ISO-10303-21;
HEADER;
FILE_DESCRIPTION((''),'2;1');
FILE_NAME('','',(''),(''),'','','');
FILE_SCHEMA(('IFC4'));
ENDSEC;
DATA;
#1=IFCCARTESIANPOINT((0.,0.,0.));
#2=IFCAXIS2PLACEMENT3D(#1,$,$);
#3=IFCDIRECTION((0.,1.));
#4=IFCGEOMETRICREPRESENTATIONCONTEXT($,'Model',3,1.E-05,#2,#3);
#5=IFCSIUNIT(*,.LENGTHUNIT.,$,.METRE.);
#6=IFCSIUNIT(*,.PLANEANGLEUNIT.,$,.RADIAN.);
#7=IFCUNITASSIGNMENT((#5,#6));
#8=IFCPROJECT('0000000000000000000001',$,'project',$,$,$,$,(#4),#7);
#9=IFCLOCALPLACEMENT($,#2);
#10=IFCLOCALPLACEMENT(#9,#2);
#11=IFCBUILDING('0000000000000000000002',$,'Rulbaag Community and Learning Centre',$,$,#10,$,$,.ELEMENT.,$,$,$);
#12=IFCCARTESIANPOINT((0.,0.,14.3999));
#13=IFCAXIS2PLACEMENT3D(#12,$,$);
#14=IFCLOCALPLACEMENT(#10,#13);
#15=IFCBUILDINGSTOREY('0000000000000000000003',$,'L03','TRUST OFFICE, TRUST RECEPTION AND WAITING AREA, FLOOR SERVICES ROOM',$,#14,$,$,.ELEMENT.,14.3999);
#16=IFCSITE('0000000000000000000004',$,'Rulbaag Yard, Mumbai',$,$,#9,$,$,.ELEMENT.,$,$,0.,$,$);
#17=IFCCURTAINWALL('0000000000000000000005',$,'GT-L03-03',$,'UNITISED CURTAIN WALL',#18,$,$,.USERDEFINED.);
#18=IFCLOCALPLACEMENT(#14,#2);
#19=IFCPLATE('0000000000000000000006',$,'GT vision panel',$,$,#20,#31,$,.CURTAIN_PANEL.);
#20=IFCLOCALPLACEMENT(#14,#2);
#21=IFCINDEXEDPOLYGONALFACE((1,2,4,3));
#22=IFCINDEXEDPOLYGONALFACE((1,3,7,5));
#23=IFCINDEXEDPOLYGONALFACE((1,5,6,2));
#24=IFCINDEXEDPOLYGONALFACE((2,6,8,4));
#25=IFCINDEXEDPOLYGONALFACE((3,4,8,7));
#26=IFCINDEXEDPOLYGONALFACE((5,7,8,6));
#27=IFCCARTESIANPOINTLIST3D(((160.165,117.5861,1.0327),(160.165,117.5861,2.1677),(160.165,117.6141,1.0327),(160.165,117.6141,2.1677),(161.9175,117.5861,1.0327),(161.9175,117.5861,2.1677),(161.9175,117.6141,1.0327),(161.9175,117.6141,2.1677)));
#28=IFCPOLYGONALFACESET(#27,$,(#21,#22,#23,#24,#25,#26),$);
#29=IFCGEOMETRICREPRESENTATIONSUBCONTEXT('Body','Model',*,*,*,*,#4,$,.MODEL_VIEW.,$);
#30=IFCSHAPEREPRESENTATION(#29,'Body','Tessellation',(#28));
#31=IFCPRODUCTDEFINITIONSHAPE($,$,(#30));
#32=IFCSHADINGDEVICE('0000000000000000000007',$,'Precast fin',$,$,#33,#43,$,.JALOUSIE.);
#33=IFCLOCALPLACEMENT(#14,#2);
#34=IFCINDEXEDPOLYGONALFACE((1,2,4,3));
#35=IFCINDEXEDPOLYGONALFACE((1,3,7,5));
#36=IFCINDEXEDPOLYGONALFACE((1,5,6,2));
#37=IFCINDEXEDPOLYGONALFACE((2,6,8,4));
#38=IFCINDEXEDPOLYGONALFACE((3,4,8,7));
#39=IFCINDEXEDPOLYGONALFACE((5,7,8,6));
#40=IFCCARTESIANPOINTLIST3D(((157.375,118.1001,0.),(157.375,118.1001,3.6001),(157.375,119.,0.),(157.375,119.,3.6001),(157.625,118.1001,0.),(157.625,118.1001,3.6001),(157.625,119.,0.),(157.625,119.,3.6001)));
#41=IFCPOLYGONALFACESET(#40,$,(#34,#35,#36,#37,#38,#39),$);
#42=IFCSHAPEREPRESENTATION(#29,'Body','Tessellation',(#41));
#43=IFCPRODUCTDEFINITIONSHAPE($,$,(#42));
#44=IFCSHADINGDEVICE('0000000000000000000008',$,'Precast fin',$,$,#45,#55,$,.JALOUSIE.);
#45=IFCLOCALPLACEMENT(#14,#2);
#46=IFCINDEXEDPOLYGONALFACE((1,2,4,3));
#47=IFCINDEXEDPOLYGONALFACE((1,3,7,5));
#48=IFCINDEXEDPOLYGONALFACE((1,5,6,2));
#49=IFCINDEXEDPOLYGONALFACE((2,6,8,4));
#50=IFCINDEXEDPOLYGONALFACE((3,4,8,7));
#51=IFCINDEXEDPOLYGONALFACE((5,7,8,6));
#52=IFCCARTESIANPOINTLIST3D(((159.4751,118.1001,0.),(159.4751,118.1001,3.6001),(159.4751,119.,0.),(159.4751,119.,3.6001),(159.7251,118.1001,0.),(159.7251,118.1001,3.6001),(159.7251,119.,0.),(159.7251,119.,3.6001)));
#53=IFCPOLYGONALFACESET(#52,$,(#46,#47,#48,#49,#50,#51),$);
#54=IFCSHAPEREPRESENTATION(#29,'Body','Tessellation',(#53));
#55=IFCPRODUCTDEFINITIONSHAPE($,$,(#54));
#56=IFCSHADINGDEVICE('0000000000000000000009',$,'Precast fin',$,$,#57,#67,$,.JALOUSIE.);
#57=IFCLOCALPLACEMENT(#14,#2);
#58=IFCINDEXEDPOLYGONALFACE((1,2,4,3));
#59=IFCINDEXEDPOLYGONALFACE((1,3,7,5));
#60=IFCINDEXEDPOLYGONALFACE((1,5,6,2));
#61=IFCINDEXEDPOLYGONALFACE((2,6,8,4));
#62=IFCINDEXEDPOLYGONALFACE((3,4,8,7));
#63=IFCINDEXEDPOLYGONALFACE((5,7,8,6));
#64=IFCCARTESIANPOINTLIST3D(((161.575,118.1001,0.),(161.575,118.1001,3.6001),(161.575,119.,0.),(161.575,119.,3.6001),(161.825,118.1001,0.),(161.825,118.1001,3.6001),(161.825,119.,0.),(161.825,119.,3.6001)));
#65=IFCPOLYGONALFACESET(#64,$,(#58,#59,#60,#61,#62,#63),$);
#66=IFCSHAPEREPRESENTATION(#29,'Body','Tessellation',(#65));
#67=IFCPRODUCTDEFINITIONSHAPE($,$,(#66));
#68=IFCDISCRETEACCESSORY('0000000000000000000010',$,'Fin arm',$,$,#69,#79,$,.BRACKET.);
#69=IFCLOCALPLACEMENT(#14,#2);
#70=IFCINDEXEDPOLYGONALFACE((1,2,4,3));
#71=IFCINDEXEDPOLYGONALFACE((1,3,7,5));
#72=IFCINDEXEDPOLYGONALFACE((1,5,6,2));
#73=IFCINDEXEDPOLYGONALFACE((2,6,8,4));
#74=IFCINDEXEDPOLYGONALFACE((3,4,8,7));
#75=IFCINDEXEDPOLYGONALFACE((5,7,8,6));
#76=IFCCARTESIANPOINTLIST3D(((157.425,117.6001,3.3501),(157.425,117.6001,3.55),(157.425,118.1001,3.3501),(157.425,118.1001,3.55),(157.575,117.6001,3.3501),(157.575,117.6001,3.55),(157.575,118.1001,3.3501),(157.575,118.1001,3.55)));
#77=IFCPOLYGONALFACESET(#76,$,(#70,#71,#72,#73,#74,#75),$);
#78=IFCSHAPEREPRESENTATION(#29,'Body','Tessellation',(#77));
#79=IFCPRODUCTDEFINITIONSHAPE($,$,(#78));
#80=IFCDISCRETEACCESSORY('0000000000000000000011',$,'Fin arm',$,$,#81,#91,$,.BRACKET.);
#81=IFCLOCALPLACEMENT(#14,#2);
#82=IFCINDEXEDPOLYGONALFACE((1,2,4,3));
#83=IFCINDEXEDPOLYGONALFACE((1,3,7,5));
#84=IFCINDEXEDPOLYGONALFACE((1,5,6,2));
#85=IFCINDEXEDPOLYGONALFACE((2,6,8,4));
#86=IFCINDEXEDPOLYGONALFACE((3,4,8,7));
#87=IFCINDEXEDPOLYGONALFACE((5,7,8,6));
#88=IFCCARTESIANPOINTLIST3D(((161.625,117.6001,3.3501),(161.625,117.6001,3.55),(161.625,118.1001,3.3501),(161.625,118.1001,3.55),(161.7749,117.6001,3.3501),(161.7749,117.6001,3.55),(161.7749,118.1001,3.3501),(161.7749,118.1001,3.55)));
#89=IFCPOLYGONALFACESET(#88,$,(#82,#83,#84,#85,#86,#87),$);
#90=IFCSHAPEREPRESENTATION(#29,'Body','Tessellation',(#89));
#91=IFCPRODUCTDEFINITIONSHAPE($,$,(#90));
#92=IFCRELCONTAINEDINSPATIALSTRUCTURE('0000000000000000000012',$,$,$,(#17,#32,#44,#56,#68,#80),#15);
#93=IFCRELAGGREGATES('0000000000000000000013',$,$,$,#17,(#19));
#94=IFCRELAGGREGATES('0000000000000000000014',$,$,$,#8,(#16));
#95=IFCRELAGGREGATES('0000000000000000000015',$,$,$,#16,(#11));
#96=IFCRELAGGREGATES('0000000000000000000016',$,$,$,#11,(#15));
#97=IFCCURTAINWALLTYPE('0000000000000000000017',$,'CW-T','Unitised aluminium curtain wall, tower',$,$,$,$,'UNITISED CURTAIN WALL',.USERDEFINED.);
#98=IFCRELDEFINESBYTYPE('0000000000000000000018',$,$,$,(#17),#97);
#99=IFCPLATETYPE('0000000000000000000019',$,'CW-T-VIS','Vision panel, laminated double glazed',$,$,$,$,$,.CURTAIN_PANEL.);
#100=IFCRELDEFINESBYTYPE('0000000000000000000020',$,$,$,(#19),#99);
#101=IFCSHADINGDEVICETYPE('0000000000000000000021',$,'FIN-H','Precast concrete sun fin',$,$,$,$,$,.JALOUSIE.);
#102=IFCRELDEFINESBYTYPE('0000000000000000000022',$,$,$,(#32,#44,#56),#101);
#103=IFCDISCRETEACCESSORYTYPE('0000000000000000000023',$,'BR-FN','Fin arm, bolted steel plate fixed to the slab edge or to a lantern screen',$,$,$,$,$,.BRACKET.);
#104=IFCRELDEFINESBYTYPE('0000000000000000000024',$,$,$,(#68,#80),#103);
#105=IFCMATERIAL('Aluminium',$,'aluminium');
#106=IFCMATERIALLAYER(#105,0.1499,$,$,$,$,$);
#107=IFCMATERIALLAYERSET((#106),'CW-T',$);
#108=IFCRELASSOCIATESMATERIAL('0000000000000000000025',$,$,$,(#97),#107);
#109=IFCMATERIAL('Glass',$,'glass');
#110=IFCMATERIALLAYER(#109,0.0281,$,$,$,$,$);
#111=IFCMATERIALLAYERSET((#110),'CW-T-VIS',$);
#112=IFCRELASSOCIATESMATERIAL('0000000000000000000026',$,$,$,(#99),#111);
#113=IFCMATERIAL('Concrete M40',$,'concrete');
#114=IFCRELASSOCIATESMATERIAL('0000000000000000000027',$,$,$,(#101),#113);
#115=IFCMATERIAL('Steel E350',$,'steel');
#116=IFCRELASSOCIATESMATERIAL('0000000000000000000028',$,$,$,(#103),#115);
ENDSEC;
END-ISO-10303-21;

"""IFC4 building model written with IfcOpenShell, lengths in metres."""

from ifc_helpers import new_model, si_unit, direction, frame, origin, origin_2d, place, context, subcontext, project, spatial, rectangle, extrude, material, layer, layer_set, material_profile, profile_set, type_object, element, aggregate, save


model = new_model("IFC4")

# Units and contexts
model_context = context("Model", 3, precision=1e-05, world=origin(), true_north=direction((0.0, 1.0)))
body_context = subcontext(model_context, "Body", "Model", "MODEL_VIEW")
ifc_project = project(units=[si_unit("LENGTHUNIT", "METRE"), si_unit("PLANEANGLEUNIT", "RADIAN")], contexts=[model_context])

# Site, building, storey
site_placement = place(None, origin())
site = spatial("IfcSite", under=ifc_project, at=site_placement, Name="Rulbaag Yard, Mumbai", CompositionType="ELEMENT", RefElevation=0.0)
building_placement = place(site_placement, origin())
building = spatial("IfcBuilding", under=site, at=building_placement, Name="Rulbaag Community and Learning Centre", CompositionType="ELEMENT")
storey_placement = place(building_placement, frame((0.0, 0.0, 14.3999)))
storey = spatial("IfcBuildingStorey", under=building, at=storey_placement, Name="L03", Description="TRUST OFFICE, TRUST RECEPTION AND WAITING AREA, FLOOR SERVICES ROOM", CompositionType="ELEMENT", Elevation=14.3999)

# Shared definitions
ifc_material_1 = material(Name="Concrete M40", Category="concrete")

# Curtain wall
ifc_material_2 = material(Name="Aluminium", Category="aluminium")
ifc_layer_1 = layer(ifc_material_2, 0.1499)
ifc_layer_set_1 = layer_set([ifc_layer_1], Name="CW-T")
curtain_wall_type = type_object("IfcCurtainWallType", Name="CW-T", Description="Unitised aluminium curtain wall, tower", ElementType="UNITISED CURTAIN WALL", PredefinedType="USERDEFINED", material=ifc_layer_set_1)
curtain_wall_1_placement = place(storey_placement, origin())
curtain_wall_1 = element("IfcCurtainWall", 1, at=curtain_wall_1_placement, inside=storey, type_object=curtain_wall_type, Name="GT-L03-03", ObjectType="UNITISED CURTAIN WALL", PredefinedType="USERDEFINED")

# Plate
ifc_material_3 = material(Name="Glass", Category="glass")
ifc_layer_2 = layer(ifc_material_3, 0.0281)
ifc_layer_set_2 = layer_set([ifc_layer_2], Name="CW-T-VIS")
plate_type_1 = type_object("IfcPlateType", Name="CW-T-VIS", Description="Vision panel, laminated double glazed", PredefinedType="CURTAIN_PANEL", material=ifc_layer_set_2)
plate_1_placement = place(storey_placement, frame((161.0413, 117.6001, 1.0327), z_axis=(0.0, 0.0, 1.0), x_axis=(1.0, 0.0, 0.0)))
plate_1 = element("IfcPlate", 2, at=plate_1_placement, type_object=plate_type_1, Name="GT vision panel", PredefinedType="CURTAIN_PANEL", context=body_context, shape_type="SweptSolid", body=[
    extrude(rectangle(XDim=1.7524, YDim=0.0281, at=origin_2d()), origin(), (0.0, 0.0, 1.0), 1.135),
])
aggregate(curtain_wall_1, [plate_1])

# Shading devices
ifc_material_profile_1 = material_profile(ifc_material_1, rectangle(XDim=0.25, YDim=0.8999, at=origin_2d()), Name="PC 250x900")
ifc_profile_set_1 = profile_set([ifc_material_profile_1], Name="Concrete M40")
shading_device_type = type_object("IfcShadingDeviceType", Name="FIN-H", Description="Precast concrete sun fin", PredefinedType="JALOUSIE", material=ifc_profile_set_1)
for number, where, z_axis, x_axis, name in (
    (3, (157.5, 118.55, 0.0), (0.0, 0.0, 1.0), (1.0, 0.0, 0.0), "Precast fin"),
    (4, (159.6001, 118.55, 0.0), (0.0, 0.0, 1.0), (1.0, 0.0, 0.0), "Precast fin"),
    (5, (161.7, 118.55, 0.0), (0.0, 0.0, 1.0), (1.0, 0.0, 0.0), "Precast fin"),
):
    element("IfcShadingDevice", number, at=place(storey_placement, frame(where, z_axis=z_axis, x_axis=x_axis)), inside=storey, type_object=shading_device_type, Name=name, PredefinedType="JALOUSIE", context=body_context, shape_type="SweptSolid", body=[
        extrude(rectangle(XDim=0.25, YDim=0.8999, at=origin_2d()), origin(), (0.0, 0.0, 1.0), 3.6001),
    ])

# Discrete accessories
ifc_material_4 = material(Name="Steel E350", Category="steel")
discrete_accessory_type = type_object("IfcDiscreteAccessoryType", Name="BR-FN", Description="Fin arm, bolted steel plate fixed to the slab edge or to a lantern screen", PredefinedType="BRACKET", material=ifc_material_4)
for number, where, z_axis, x_axis, name in (
    (6, (157.5, 117.8501, 3.3501), (0.0, 0.0, 1.0), (1.0, 0.0, 0.0), "Fin arm"),
    (7, (161.7, 117.8501, 3.3501), (0.0, 0.0, 1.0), (1.0, 0.0, 0.0), "Fin arm"),
):
    element("IfcDiscreteAccessory", number, at=place(storey_placement, frame(where, z_axis=z_axis, x_axis=x_axis)), inside=storey, type_object=discrete_accessory_type, Name=name, PredefinedType="BRACKET", context=body_context, shape_type="SweptSolid", body=[
        extrude(rectangle(XDim=0.1499, YDim=0.5, at=origin_2d()), origin(), (0.0, 0.0, 1.0), 0.2),
    ])

save(model, "model.ifc")
